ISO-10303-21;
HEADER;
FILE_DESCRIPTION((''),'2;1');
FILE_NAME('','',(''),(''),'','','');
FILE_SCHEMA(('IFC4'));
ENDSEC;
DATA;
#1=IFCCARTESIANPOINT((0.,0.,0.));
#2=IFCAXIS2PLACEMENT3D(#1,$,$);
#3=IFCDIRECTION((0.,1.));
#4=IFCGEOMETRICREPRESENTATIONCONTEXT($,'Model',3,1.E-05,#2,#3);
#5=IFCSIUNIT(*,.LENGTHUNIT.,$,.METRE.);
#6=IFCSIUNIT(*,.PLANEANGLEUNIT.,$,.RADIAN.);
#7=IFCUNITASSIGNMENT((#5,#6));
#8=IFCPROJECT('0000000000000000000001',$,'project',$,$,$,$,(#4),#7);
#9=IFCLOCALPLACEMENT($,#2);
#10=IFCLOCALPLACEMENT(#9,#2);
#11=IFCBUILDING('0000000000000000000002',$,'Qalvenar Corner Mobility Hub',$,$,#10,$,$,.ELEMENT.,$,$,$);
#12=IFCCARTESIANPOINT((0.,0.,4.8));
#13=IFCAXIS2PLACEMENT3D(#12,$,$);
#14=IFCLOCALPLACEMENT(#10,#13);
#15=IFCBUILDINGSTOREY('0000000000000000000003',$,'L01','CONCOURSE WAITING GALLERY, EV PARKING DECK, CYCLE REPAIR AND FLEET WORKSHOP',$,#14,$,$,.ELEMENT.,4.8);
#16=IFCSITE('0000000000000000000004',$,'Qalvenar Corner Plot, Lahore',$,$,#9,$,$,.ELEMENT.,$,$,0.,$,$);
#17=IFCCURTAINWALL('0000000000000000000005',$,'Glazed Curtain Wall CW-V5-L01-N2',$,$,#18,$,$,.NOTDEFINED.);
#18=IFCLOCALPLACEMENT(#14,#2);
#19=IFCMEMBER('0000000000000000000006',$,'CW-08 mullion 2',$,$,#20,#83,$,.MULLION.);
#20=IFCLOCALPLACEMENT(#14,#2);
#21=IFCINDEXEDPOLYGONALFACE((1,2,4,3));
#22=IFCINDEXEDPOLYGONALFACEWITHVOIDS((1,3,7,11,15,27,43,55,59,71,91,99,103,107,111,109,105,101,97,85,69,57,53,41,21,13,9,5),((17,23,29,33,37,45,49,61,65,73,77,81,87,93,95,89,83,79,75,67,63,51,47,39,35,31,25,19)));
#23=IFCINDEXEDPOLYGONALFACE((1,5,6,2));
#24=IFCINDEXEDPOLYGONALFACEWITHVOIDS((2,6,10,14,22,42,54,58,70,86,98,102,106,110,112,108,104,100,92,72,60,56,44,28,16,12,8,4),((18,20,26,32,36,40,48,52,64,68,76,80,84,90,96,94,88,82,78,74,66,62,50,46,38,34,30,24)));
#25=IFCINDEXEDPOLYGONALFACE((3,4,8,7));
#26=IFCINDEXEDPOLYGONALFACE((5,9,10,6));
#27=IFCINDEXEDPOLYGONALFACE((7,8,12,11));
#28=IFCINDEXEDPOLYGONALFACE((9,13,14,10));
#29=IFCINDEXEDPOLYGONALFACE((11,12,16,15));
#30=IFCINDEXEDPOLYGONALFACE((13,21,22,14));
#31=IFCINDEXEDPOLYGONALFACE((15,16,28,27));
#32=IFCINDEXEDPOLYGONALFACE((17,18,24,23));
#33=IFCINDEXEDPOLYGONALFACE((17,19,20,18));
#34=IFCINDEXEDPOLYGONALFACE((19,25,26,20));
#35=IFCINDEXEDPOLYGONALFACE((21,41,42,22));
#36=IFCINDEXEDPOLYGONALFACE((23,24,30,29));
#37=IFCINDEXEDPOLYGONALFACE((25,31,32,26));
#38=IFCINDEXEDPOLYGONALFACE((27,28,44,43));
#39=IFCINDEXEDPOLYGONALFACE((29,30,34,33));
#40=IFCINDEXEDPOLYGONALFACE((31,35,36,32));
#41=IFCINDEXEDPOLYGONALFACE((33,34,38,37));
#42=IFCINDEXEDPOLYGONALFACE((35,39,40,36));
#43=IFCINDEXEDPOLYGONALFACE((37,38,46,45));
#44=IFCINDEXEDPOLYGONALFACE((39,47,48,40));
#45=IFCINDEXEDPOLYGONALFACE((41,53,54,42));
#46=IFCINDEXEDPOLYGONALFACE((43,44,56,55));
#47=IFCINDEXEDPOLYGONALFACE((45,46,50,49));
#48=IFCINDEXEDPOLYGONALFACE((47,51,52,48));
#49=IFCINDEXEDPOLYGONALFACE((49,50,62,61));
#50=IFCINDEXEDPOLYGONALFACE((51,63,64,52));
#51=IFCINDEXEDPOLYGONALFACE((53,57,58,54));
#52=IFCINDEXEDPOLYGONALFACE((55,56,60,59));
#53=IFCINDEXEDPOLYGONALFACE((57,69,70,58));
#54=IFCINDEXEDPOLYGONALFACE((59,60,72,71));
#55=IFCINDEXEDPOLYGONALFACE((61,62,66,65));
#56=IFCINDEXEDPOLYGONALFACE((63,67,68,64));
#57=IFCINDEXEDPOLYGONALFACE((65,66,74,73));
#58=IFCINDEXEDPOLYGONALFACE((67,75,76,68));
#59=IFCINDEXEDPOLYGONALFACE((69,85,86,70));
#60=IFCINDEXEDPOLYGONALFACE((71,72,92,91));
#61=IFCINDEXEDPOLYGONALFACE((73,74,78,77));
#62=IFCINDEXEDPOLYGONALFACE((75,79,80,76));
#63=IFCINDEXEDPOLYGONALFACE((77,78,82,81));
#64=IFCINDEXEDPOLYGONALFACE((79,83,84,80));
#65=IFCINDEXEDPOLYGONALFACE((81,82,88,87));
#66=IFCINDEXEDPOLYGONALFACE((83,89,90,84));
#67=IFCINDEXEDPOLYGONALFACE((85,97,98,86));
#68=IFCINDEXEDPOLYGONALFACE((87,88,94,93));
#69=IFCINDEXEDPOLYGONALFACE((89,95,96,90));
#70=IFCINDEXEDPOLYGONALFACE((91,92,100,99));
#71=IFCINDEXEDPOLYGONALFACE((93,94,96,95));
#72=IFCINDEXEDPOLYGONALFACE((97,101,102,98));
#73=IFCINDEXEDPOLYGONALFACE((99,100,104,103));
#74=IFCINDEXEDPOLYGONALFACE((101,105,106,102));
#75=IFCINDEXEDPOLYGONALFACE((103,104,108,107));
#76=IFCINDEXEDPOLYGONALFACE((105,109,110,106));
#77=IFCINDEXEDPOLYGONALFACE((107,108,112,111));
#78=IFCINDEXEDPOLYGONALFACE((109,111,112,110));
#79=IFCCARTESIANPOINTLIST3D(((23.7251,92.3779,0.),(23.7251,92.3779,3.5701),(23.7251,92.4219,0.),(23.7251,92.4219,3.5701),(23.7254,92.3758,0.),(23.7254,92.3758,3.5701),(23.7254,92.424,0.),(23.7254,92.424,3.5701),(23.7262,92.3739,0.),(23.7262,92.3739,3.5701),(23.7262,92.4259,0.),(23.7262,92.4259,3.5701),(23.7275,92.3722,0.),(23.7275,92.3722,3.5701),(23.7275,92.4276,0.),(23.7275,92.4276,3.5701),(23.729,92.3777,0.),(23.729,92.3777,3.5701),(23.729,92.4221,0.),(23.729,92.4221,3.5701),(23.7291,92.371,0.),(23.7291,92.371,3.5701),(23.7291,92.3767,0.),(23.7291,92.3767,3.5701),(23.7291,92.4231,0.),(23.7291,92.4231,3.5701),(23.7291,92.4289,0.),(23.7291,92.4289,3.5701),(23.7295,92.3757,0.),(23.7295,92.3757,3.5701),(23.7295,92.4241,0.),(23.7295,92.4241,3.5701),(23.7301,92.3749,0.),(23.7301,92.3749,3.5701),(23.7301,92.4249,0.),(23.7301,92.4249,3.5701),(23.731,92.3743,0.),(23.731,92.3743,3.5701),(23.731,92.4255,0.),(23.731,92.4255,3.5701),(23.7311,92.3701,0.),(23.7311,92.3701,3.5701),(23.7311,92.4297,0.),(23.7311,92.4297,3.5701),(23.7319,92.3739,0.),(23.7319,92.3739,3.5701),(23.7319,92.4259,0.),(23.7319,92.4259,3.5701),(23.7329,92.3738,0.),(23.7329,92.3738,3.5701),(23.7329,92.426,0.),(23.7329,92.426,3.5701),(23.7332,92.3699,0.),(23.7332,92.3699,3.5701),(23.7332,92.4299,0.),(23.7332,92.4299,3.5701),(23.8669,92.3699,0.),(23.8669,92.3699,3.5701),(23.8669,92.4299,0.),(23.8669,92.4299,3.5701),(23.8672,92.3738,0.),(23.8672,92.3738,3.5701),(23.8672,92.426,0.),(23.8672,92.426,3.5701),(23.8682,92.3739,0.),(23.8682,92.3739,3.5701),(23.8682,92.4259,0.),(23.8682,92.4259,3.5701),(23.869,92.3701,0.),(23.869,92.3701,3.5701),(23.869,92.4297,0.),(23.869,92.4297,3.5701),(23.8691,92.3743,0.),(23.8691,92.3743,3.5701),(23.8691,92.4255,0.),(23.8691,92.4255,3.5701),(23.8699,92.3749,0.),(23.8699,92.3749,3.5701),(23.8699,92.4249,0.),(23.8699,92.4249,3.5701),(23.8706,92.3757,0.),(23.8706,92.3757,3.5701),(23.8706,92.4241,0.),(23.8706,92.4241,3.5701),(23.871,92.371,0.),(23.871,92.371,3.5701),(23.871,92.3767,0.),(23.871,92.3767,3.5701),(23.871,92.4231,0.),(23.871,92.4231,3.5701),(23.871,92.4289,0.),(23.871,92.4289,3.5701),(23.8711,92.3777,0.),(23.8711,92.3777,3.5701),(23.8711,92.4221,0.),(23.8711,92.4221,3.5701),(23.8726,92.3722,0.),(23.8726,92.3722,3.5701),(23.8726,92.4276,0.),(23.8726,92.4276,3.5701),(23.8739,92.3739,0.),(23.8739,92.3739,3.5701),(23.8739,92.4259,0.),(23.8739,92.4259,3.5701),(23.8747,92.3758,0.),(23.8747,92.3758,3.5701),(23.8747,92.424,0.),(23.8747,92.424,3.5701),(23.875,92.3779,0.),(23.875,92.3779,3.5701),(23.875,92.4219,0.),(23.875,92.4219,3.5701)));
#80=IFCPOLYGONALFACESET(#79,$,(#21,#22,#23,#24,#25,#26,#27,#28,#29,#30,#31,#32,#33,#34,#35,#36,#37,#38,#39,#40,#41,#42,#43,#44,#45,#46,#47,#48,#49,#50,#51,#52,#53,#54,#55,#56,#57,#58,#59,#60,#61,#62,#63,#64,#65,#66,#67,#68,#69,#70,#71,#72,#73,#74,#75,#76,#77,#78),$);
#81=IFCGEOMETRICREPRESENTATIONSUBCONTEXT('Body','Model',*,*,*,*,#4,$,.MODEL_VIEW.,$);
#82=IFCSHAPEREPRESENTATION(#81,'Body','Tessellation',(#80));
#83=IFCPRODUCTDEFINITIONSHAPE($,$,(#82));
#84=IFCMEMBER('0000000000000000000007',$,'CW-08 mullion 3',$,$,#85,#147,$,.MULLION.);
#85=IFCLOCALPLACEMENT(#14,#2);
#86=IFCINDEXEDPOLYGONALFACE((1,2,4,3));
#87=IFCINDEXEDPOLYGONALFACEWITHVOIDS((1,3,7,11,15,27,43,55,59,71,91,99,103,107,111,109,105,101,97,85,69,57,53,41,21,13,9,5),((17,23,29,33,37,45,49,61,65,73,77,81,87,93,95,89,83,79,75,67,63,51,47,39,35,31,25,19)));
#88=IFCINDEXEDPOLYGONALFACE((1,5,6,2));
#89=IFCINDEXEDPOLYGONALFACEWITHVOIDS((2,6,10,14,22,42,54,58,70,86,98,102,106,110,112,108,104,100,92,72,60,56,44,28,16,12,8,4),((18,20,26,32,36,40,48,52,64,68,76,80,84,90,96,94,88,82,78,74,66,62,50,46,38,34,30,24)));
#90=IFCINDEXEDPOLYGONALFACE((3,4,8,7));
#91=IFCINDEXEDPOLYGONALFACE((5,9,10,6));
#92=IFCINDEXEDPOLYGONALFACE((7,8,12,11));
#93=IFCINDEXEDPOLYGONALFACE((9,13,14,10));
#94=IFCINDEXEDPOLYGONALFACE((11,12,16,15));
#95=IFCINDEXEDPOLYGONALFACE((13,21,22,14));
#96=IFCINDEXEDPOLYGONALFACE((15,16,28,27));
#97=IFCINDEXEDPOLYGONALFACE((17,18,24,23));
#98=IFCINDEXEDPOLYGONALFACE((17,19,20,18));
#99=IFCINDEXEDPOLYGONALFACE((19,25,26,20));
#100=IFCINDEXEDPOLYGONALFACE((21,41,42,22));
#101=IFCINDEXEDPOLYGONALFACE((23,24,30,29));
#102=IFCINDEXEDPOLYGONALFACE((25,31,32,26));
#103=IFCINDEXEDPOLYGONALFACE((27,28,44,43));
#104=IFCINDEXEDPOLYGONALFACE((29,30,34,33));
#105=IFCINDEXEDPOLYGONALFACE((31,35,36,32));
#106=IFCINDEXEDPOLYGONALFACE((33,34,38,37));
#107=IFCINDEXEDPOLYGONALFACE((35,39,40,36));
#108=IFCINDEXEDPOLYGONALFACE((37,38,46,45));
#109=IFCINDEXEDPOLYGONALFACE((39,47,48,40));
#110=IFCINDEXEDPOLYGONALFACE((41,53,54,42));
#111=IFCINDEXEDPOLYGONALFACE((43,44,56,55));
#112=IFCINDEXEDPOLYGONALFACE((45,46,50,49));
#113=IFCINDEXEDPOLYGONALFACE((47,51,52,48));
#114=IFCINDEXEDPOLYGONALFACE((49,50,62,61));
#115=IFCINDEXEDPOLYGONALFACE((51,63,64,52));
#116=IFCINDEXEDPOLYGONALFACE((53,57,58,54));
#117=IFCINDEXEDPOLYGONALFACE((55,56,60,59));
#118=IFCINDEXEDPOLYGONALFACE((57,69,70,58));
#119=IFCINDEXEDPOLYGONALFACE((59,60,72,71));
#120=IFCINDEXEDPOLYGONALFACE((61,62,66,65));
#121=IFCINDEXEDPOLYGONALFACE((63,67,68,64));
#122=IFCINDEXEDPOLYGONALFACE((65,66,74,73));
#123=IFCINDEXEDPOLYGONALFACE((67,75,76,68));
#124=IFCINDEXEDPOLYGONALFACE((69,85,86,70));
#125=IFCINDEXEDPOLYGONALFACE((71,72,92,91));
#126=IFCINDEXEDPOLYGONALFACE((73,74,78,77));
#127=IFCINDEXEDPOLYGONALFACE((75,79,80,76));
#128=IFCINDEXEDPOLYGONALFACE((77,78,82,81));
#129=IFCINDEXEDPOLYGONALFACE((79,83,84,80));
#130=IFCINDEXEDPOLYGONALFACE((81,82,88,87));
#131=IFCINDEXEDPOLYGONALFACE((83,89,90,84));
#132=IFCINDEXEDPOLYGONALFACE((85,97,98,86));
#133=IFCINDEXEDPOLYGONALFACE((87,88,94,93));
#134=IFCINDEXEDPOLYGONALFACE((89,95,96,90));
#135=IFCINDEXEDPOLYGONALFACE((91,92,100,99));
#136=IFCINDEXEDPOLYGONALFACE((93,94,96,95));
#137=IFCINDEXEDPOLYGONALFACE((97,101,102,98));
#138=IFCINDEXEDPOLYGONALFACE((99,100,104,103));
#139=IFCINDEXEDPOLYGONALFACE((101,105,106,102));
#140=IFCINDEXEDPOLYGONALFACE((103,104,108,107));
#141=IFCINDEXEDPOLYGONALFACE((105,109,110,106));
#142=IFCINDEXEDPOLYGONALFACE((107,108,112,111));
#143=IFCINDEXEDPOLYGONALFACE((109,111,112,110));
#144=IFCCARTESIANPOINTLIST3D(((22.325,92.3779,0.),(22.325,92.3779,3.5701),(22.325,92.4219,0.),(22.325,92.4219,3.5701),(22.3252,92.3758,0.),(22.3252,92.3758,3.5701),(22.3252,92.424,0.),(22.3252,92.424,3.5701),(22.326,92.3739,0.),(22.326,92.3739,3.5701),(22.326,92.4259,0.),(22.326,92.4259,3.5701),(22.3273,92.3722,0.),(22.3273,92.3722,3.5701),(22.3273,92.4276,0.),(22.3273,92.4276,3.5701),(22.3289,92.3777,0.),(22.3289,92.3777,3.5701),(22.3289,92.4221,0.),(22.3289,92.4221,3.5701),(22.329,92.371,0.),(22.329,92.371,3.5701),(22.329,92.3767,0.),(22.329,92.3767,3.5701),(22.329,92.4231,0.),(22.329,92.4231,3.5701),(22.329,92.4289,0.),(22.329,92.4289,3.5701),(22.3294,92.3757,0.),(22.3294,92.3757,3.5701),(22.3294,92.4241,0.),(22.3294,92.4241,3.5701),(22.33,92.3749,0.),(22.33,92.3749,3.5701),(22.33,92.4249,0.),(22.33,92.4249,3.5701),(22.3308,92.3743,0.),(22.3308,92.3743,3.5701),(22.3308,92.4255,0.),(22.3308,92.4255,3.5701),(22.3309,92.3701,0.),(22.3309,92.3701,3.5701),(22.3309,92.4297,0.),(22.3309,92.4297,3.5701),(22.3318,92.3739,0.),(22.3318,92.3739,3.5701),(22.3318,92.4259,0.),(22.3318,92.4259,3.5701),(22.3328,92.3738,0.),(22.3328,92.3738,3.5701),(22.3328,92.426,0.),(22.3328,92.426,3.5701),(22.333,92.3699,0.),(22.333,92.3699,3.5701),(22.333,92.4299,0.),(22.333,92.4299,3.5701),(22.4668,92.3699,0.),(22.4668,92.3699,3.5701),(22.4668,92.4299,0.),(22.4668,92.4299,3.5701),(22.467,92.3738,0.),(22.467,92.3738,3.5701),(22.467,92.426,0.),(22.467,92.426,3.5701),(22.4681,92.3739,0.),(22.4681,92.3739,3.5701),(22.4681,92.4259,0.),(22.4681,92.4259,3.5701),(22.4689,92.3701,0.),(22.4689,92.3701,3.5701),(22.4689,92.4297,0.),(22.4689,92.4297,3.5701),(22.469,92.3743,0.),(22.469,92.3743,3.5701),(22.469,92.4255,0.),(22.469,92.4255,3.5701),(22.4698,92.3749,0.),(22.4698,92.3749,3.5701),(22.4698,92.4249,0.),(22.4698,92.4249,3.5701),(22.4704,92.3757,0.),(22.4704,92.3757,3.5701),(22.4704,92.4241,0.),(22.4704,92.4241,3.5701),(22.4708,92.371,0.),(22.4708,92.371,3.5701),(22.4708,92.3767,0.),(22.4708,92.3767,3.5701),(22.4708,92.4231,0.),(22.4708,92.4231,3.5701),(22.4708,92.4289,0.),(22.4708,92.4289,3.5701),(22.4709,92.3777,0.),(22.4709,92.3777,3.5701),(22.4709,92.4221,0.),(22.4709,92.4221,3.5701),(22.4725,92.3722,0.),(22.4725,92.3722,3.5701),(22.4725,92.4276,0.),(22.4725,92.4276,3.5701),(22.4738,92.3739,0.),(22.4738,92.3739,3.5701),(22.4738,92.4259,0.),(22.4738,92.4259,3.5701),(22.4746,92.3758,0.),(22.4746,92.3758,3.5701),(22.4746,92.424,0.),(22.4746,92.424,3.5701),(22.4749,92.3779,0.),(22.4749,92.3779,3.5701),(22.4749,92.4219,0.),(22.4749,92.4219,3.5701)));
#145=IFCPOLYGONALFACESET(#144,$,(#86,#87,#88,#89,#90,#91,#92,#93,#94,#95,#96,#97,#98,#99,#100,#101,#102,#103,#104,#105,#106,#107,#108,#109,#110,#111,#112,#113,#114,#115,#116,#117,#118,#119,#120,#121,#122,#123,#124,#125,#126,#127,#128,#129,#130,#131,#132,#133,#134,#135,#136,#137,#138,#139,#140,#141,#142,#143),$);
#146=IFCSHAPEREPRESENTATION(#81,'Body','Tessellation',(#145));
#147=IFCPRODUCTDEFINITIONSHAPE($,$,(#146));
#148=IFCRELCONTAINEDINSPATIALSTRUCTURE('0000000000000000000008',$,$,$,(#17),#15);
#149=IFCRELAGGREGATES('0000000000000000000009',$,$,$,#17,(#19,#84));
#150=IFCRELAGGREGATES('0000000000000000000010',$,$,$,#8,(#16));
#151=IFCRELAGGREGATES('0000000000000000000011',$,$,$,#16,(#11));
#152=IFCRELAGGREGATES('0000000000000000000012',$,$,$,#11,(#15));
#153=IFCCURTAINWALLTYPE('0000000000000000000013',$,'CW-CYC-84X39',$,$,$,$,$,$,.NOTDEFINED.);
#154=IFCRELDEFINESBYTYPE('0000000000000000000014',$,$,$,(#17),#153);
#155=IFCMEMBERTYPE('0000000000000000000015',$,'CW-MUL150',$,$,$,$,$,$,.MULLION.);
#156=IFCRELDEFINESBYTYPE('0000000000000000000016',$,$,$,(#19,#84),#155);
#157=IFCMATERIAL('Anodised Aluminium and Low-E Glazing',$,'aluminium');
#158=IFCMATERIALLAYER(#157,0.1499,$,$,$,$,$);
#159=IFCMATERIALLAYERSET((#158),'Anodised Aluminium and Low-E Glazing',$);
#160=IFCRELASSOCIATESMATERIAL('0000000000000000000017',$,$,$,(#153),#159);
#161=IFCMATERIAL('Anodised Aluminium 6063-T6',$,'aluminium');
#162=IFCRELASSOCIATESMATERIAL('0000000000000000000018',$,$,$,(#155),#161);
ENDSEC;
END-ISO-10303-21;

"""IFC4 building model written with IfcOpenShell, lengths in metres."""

from ifc_helpers import new_model, si_unit, direction, frame, origin, origin_2d, place, context, subcontext, project, spatial, hollow_rectangle, extrude, material, layer, layer_set, material_profile, profile_set, type_object, element, aggregate, save


model = new_model("IFC4")

# Units and contexts
model_context = context("Model", 3, precision=1e-05, world=origin(), true_north=direction((0.0, 1.0)))
body_context = subcontext(model_context, "Body", "Model", "MODEL_VIEW")
ifc_project = project(units=[si_unit("LENGTHUNIT", "METRE"), si_unit("PLANEANGLEUNIT", "RADIAN")], contexts=[model_context])

# Site, building, storey
site_placement = place(None, origin())
site = spatial("IfcSite", under=ifc_project, at=site_placement, Name="Qalvenar Corner Plot, Lahore", CompositionType="ELEMENT", RefElevation=0.0)
building_placement = place(site_placement, origin())
building = spatial("IfcBuilding", under=site, at=building_placement, Name="Qalvenar Corner Mobility Hub", CompositionType="ELEMENT")
storey_placement = place(building_placement, frame((0.0, 0.0, 4.8)))
storey = spatial("IfcBuildingStorey", under=building, at=storey_placement, Name="L01", Description="CONCOURSE WAITING GALLERY, EV PARKING DECK, CYCLE REPAIR AND FLEET WORKSHOP", CompositionType="ELEMENT", Elevation=4.8)

# Curtain wall, members
ifc_material_1 = material(Name="Anodised Aluminium and Low-E Glazing", Category="aluminium")
ifc_layer_1 = layer(ifc_material_1, 0.1499)
ifc_layer_set_1 = layer_set([ifc_layer_1], Name="Anodised Aluminium and Low-E Glazing")
curtain_wall_type = type_object("IfcCurtainWallType", Name="CW-CYC-84X39", PredefinedType="NOTDEFINED", material=ifc_layer_set_1)
curtain_wall_placement = place(storey_placement, origin())
curtain_wall = element("IfcCurtainWall", 1, at=curtain_wall_placement, inside=storey, type_object=curtain_wall_type, Name="Glazed Curtain Wall CW-V5-L01-N2", PredefinedType="NOTDEFINED")
ifc_material_2 = material(Name="Anodised Aluminium 6063-T6", Category="aluminium")
ifc_material_profile_1 = material_profile(ifc_material_2, hollow_rectangle(XDim=0.0601, YDim=0.1499, WallThickness=0.0039, InnerFilletRadius=0.0039, OuterFilletRadius=0.0081, at=origin_2d()), Name="RHS150x60x4")
ifc_profile_set_1 = profile_set([ifc_material_profile_1], Name="Anodised Aluminium 6063-T6")
member_type_1 = type_object("IfcMemberType", Name="CW-MUL150", PredefinedType="MULLION", material=ifc_profile_set_1)
member_1_placement = place(storey_placement, frame((23.8, 92.3999, 0.0), z_axis=(0.0, 0.0, 1.0), x_axis=(0.0, -1.0, 0.0)))
member_1 = element("IfcMember", 2, at=member_1_placement, type_object=member_type_1, Name="CW-08 mullion 2", PredefinedType="MULLION", context=body_context, shape_type="SweptSolid", body=[
    extrude(hollow_rectangle(XDim=0.0601, YDim=0.1499, WallThickness=0.0039, InnerFilletRadius=0.0039, OuterFilletRadius=0.0081, at=origin_2d()), origin(), (0.0, 0.0, 1.0), 3.5701),
])
member_2_placement = place(storey_placement, frame((22.3999, 92.3999, 0.0), z_axis=(0.0, 0.0, 1.0), x_axis=(0.0, -1.0, 0.0)))
member_2 = element("IfcMember", 3, at=member_2_placement, type_object=member_type_1, Name="CW-08 mullion 3", PredefinedType="MULLION", context=body_context, shape_type="SweptSolid", body=[
    extrude(hollow_rectangle(XDim=0.0601, YDim=0.1499, WallThickness=0.0039, InnerFilletRadius=0.0039, OuterFilletRadius=0.0081, at=origin_2d()), origin(), (0.0, 0.0, 1.0), 3.5701),
])
aggregate(curtain_wall, [member_1, member_2])

save(model, "model.ifc")
